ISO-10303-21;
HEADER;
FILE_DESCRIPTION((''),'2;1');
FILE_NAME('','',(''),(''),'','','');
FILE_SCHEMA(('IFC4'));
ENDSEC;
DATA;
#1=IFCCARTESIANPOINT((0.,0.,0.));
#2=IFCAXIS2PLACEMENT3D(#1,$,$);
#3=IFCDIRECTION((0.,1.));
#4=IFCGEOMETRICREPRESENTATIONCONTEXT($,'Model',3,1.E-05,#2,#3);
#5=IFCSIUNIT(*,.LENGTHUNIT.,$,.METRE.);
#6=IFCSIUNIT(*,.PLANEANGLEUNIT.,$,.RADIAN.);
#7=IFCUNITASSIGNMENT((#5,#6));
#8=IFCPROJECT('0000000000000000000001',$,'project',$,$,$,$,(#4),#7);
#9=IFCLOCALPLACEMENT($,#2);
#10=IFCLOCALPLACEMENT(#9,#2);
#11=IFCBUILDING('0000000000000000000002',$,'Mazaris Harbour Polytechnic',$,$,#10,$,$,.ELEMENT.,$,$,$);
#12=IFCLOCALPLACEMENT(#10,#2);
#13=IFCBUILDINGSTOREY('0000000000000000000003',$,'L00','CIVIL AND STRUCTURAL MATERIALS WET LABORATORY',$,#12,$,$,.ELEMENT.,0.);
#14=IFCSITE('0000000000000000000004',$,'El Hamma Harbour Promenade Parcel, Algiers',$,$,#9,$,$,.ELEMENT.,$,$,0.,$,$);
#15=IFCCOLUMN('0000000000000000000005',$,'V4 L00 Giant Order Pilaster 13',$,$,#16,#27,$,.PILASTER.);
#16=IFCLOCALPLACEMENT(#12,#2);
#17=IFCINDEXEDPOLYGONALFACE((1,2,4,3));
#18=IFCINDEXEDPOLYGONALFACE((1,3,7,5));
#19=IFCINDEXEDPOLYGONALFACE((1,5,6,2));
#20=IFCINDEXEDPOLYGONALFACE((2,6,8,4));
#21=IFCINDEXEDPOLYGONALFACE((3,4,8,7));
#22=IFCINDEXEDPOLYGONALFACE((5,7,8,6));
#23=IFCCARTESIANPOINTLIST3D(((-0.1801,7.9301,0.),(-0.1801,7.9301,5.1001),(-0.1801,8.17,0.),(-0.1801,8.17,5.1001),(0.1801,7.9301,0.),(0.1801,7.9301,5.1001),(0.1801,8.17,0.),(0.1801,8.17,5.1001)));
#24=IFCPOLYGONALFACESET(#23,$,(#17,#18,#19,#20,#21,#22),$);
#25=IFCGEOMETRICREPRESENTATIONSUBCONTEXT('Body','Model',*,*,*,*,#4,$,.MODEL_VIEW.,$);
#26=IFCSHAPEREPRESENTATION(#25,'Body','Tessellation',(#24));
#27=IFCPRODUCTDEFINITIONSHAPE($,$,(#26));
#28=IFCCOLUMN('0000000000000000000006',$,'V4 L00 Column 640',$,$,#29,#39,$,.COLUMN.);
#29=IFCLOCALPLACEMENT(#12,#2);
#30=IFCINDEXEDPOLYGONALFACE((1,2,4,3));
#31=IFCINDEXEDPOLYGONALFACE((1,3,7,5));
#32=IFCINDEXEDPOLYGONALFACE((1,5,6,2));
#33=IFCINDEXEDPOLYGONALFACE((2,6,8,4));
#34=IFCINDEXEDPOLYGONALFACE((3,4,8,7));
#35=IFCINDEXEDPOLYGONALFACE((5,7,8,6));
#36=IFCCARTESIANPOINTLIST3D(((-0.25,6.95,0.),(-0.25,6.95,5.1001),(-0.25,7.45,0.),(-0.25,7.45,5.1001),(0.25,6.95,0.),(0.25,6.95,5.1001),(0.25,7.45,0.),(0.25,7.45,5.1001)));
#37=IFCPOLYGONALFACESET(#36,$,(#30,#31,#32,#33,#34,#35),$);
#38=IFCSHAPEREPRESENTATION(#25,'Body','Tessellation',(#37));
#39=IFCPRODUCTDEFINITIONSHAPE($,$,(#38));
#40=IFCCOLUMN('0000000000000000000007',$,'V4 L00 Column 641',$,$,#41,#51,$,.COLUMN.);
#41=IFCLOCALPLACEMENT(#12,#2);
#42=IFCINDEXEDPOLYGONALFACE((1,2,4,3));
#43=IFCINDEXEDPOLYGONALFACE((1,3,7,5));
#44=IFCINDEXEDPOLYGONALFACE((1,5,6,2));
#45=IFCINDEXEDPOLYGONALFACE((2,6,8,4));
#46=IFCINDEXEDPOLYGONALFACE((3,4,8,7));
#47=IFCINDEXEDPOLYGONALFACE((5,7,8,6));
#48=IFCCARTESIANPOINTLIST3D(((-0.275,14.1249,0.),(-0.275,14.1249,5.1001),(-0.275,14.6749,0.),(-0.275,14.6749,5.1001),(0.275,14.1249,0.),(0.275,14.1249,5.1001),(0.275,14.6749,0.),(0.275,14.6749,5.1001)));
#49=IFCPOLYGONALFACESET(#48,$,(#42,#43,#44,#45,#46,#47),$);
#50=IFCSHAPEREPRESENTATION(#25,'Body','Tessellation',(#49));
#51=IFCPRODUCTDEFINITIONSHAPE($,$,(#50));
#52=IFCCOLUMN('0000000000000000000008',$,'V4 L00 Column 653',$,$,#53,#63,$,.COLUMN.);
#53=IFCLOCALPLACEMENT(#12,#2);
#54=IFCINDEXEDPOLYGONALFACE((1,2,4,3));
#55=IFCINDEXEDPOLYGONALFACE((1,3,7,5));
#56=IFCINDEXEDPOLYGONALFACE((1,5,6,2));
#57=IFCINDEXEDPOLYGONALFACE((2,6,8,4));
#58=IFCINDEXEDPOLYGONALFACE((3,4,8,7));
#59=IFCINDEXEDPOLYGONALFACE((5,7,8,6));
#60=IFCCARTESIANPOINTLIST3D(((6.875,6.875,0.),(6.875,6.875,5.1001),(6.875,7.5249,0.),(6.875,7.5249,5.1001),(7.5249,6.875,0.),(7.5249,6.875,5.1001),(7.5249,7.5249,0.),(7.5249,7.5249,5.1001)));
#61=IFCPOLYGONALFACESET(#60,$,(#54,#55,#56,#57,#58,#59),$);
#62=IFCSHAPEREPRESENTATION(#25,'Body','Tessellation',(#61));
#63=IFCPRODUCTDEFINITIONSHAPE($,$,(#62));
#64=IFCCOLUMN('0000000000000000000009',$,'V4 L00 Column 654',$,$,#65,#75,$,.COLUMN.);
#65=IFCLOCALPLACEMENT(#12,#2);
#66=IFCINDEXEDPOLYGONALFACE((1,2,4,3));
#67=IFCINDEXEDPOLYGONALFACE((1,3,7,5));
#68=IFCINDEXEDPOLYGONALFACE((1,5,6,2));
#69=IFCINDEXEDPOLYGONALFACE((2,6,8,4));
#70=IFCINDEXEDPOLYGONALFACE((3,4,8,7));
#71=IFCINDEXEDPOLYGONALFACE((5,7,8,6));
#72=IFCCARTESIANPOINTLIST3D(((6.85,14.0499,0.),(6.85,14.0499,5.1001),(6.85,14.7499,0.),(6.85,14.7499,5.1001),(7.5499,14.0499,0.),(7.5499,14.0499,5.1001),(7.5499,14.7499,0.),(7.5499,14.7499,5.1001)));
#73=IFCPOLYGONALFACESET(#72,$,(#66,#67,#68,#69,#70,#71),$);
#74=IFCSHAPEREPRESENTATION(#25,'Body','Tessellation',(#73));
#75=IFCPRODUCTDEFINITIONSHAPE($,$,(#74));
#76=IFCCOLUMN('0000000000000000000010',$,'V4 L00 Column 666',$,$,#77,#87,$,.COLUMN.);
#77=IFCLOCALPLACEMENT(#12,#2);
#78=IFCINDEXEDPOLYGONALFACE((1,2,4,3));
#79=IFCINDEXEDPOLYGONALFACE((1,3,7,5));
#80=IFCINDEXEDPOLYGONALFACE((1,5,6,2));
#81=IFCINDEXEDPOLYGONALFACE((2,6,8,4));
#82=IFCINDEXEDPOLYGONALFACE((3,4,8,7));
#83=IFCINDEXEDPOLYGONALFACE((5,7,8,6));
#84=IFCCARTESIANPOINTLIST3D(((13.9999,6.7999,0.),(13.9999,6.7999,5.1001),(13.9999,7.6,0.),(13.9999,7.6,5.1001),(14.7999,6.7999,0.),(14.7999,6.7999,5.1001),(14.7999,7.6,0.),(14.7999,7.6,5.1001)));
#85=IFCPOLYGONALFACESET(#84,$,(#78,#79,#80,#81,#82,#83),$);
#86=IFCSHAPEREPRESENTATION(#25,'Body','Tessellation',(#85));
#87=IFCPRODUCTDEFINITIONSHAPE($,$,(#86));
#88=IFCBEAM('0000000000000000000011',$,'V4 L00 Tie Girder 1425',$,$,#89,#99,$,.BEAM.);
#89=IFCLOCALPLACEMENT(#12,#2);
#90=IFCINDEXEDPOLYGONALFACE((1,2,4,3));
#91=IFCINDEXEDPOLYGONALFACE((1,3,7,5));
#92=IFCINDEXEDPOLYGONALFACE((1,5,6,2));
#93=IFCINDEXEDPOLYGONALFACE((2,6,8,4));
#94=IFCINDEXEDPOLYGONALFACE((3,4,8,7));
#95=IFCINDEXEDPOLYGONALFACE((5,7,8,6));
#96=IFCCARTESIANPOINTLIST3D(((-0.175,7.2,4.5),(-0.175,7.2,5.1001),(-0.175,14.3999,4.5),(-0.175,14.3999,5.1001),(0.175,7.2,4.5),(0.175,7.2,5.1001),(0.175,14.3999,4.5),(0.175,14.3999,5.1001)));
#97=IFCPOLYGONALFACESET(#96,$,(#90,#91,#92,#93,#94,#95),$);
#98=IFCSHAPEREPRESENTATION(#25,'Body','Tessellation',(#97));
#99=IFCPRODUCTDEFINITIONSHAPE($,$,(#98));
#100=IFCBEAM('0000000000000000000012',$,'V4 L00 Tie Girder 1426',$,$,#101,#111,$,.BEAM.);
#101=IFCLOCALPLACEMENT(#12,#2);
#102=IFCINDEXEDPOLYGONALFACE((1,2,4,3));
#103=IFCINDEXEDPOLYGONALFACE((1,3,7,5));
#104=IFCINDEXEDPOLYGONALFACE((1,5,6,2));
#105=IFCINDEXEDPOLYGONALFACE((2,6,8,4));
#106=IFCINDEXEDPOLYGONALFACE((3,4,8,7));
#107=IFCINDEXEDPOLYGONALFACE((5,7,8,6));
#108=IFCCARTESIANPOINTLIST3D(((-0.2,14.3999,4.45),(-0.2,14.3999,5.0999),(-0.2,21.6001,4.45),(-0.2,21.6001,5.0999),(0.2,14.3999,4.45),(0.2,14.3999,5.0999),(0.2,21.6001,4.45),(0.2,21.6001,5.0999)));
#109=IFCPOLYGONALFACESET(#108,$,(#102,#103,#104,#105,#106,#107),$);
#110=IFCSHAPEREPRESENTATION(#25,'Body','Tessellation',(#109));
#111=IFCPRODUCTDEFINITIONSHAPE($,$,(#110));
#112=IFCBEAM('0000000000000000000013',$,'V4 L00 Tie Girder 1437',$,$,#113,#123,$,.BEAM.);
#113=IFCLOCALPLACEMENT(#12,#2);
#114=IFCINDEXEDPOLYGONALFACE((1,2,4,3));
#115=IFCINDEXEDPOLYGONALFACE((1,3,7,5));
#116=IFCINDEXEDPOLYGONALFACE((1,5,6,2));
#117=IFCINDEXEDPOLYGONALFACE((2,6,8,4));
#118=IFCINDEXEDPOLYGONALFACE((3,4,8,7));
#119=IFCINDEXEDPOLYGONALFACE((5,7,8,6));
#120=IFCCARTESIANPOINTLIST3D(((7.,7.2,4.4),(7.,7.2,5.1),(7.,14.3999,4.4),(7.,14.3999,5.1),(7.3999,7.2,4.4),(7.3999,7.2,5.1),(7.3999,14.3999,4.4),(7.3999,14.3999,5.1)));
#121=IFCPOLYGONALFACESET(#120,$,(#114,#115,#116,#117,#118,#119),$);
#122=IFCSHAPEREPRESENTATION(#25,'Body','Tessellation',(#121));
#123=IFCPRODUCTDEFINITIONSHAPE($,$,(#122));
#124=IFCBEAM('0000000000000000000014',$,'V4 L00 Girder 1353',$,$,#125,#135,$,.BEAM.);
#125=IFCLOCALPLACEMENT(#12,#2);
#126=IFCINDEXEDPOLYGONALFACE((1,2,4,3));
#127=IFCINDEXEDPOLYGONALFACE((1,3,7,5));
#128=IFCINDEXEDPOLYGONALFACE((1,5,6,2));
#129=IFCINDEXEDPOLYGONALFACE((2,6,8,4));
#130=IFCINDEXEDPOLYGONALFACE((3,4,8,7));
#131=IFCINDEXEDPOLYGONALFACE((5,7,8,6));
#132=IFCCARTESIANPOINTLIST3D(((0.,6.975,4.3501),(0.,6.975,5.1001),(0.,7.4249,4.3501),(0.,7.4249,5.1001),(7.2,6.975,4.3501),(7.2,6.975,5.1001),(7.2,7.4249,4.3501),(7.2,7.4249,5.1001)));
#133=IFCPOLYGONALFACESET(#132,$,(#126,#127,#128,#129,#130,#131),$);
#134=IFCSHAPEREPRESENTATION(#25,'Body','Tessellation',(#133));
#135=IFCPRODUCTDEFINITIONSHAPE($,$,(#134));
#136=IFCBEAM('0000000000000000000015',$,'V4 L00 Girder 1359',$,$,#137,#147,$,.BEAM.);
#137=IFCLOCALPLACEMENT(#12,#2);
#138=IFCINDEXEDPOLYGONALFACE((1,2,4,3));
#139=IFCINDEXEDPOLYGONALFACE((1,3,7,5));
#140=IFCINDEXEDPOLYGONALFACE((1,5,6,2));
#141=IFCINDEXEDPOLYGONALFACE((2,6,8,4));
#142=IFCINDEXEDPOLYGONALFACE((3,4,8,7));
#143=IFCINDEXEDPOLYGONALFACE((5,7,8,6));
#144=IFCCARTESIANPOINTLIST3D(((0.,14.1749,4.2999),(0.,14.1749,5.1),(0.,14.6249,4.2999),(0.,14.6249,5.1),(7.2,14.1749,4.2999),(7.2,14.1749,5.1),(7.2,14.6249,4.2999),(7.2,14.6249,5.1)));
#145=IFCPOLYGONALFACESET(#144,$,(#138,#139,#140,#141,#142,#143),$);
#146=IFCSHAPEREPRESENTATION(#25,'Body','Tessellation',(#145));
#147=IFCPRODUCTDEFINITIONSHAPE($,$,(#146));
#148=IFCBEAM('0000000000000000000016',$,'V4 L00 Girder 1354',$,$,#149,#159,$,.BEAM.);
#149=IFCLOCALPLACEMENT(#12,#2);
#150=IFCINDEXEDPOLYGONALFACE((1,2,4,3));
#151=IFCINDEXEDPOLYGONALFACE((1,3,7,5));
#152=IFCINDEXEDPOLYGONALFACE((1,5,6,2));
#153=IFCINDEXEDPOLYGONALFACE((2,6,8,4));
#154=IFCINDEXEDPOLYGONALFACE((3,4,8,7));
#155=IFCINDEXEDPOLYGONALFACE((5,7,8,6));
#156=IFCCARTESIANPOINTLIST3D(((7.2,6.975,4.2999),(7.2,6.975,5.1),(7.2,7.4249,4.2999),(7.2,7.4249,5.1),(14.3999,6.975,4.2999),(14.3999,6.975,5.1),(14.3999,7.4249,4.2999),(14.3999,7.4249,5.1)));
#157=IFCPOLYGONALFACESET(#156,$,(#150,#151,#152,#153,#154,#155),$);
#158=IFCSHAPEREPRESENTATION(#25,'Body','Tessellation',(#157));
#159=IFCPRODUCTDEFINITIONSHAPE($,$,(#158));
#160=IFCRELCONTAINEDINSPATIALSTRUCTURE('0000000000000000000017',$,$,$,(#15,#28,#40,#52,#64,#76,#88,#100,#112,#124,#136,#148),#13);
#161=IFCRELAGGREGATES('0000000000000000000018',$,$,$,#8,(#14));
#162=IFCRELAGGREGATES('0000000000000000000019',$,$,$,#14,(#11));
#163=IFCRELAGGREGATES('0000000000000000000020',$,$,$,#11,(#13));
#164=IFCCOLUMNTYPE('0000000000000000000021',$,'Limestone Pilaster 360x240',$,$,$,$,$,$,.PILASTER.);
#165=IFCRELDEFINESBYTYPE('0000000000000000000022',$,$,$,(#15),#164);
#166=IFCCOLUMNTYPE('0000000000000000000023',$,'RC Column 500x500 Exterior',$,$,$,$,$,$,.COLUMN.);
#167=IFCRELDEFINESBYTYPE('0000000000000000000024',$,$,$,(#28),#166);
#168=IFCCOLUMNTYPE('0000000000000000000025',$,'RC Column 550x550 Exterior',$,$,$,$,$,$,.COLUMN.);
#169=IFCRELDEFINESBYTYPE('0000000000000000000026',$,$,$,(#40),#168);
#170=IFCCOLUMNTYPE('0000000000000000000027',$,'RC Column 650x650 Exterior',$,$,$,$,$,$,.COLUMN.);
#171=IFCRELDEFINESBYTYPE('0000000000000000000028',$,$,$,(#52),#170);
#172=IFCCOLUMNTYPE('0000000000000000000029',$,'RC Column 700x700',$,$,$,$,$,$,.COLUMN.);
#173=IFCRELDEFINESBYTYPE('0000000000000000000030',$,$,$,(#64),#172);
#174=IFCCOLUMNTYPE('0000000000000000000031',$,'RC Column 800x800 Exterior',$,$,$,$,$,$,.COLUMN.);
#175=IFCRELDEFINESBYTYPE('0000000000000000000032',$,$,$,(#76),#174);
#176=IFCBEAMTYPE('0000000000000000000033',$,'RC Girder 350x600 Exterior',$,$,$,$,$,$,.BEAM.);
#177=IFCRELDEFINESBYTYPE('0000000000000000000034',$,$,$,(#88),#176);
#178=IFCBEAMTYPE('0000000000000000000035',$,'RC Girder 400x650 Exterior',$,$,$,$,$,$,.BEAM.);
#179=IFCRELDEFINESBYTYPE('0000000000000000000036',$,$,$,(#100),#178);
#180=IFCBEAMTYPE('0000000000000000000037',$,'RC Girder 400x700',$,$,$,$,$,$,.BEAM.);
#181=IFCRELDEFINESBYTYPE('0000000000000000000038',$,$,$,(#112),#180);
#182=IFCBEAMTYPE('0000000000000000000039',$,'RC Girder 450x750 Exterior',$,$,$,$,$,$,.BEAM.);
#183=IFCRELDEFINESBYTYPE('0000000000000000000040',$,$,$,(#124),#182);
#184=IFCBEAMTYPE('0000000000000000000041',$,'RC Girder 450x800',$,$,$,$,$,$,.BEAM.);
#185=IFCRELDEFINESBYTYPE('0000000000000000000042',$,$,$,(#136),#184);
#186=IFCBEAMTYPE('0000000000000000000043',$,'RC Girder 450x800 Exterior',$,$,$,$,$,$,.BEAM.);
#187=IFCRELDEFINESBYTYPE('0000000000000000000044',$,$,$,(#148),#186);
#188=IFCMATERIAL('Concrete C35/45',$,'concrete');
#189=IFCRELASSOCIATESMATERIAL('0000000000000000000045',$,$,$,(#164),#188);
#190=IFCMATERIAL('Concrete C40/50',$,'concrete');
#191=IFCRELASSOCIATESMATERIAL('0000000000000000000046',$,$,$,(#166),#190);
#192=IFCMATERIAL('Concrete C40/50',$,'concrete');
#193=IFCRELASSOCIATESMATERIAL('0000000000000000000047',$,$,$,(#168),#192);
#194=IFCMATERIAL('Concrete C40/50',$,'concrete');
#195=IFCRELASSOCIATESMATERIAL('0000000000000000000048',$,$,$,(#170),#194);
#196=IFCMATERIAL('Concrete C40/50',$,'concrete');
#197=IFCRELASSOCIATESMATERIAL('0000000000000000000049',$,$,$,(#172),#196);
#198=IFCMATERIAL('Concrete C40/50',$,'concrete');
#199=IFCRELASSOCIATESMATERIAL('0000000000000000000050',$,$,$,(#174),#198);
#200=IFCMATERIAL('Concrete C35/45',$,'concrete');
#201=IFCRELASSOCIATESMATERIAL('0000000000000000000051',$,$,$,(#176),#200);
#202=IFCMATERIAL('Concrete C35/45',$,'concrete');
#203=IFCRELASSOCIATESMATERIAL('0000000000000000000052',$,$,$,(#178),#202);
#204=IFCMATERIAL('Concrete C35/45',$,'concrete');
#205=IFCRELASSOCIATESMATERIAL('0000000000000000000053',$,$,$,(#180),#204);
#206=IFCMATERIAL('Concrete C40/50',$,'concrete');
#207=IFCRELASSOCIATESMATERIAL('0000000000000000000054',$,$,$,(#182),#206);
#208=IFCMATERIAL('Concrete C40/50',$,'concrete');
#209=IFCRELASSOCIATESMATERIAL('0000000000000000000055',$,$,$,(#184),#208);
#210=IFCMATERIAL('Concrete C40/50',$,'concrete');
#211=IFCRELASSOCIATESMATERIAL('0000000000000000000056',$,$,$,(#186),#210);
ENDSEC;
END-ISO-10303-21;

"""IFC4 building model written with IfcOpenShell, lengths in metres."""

from ifc_helpers import new_model, si_unit, direction, frame, origin, origin_2d, place, context, subcontext, project, spatial, rectangle, extrude, material, material_profile, profile_set, type_object, element, save


model = new_model("IFC4")

# Units and contexts
model_context = context("Model", 3, precision=1e-05, world=origin(), true_north=direction((0.0, 1.0)))
body_context = subcontext(model_context, "Body", "Model", "MODEL_VIEW")
ifc_project = project(units=[si_unit("LENGTHUNIT", "METRE"), si_unit("PLANEANGLEUNIT", "RADIAN")], contexts=[model_context])

# Site, building, storey
site_placement = place(None, origin())
site = spatial("IfcSite", under=ifc_project, at=site_placement, Name="El Hamma Harbour Promenade Parcel, Algiers", CompositionType="ELEMENT", RefElevation=0.0)
building_placement = place(site_placement, origin())
building = spatial("IfcBuilding", under=site, at=building_placement, Name="Mazaris Harbour Polytechnic", CompositionType="ELEMENT")
storey_placement = place(building_placement, origin())
storey = spatial("IfcBuildingStorey", under=building, at=storey_placement, Name="L00", Description="CIVIL AND STRUCTURAL MATERIALS WET LABORATORY", CompositionType="ELEMENT", Elevation=0.0)

# Columns
ifc_material_1 = material(Name="Concrete C35/45", Category="concrete")
ifc_material_profile_1 = material_profile(ifc_material_1, rectangle(XDim=0.3601, YDim=0.24, at=origin_2d()), Name="RECT360x240")
ifc_profile_set_1 = profile_set([ifc_material_profile_1], Name="Concrete C35/45")
column_type_1 = type_object("IfcColumnType", Name="Limestone Pilaster 360x240", PredefinedType="PILASTER", material=ifc_profile_set_1)
column_1_placement = place(storey_placement, frame((0.0, 8.05, 0.0), z_axis=(0.0, 0.0, 1.0), x_axis=(1.0, 0.0, 0.0)))
element("IfcColumn", 1, at=column_1_placement, inside=storey, type_object=column_type_1, Name="V4 L00 Giant Order Pilaster 13", PredefinedType="PILASTER", context=body_context, shape_type="SweptSolid", body=[
    extrude(rectangle(XDim=0.3601, YDim=0.24, at=origin_2d()), origin(), (0.0, 0.0, 1.0), 5.1001),
])
ifc_material_2 = material(Name="Concrete C40/50", Category="concrete")
ifc_material_profile_2 = material_profile(ifc_material_2, rectangle(XDim=0.5, YDim=0.5, at=origin_2d()), Name="RECT500x500")
ifc_profile_set_2 = profile_set([ifc_material_profile_2], Name="Concrete C40/50")
column_type_2 = type_object("IfcColumnType", Name="RC Column 500x500 Exterior", PredefinedType="COLUMN", material=ifc_profile_set_2)
column_2_placement = place(storey_placement, frame((0.0, 7.2, 0.0), z_axis=(0.0, 0.0, 1.0), x_axis=(1.0, 0.0, 0.0)))
element("IfcColumn", 2, at=column_2_placement, inside=storey, type_object=column_type_2, Name="V4 L00 Column 640", PredefinedType="COLUMN", context=body_context, shape_type="SweptSolid", body=[
    extrude(rectangle(XDim=0.5, YDim=0.5, at=origin_2d()), origin(), (0.0, 0.0, 1.0), 5.1001),
])
ifc_material_3 = material(Name="Concrete C40/50", Category="concrete")
ifc_material_profile_3 = material_profile(ifc_material_3, rectangle(XDim=0.55, YDim=0.55, at=origin_2d()), Name="RECT550x550")
ifc_profile_set_3 = profile_set([ifc_material_profile_3], Name="Concrete C40/50")
column_type_3 = type_object("IfcColumnType", Name="RC Column 550x550 Exterior", PredefinedType="COLUMN", material=ifc_profile_set_3)
column_3_placement = place(storey_placement, frame((0.0, 14.3999, 0.0), z_axis=(0.0, 0.0, 1.0), x_axis=(1.0, 0.0, 0.0)))
element("IfcColumn", 3, at=column_3_placement, inside=storey, type_object=column_type_3, Name="V4 L00 Column 641", PredefinedType="COLUMN", context=body_context, shape_type="SweptSolid", body=[
    extrude(rectangle(XDim=0.55, YDim=0.55, at=origin_2d()), origin(), (0.0, 0.0, 1.0), 5.1001),
])
ifc_material_4 = material(Name="Concrete C40/50", Category="concrete")
ifc_material_profile_4 = material_profile(ifc_material_4, rectangle(XDim=0.6499, YDim=0.6499, at=origin_2d()), Name="RECT650x650")
ifc_profile_set_4 = profile_set([ifc_material_profile_4], Name="Concrete C40/50")
column_type_4 = type_object("IfcColumnType", Name="RC Column 650x650 Exterior", PredefinedType="COLUMN", material=ifc_profile_set_4)
column_4_placement = place(storey_placement, frame((7.2, 7.2, 0.0), z_axis=(0.0, 0.0, 1.0), x_axis=(1.0, 0.0, 0.0)))
element("IfcColumn", 4, at=column_4_placement, inside=storey, type_object=column_type_4, Name="V4 L00 Column 653", PredefinedType="COLUMN", context=body_context, shape_type="SweptSolid", body=[
    extrude(rectangle(XDim=0.6499, YDim=0.6499, at=origin_2d()), origin(), (0.0, 0.0, 1.0), 5.1001),
])
ifc_material_5 = material(Name="Concrete C40/50", Category="concrete")
ifc_material_profile_5 = material_profile(ifc_material_5, rectangle(XDim=0.7, YDim=0.7, at=origin_2d()), Name="RECT700x700")
ifc_profile_set_5 = profile_set([ifc_material_profile_5], Name="Concrete C40/50")
column_type_5 = type_object("IfcColumnType", Name="RC Column 700x700", PredefinedType="COLUMN", material=ifc_profile_set_5)
column_5_placement = place(storey_placement, frame((7.2, 14.3999, 0.0), z_axis=(0.0, 0.0, 1.0), x_axis=(1.0, 0.0, 0.0)))
element("IfcColumn", 5, at=column_5_placement, inside=storey, type_object=column_type_5, Name="V4 L00 Column 654", PredefinedType="COLUMN", context=body_context, shape_type="SweptSolid", body=[
    extrude(rectangle(XDim=0.7, YDim=0.7, at=origin_2d()), origin(), (0.0, 0.0, 1.0), 5.1001),
])
ifc_material_6 = material(Name="Concrete C40/50", Category="concrete")
ifc_material_profile_6 = material_profile(ifc_material_6, rectangle(XDim=0.8, YDim=0.8, at=origin_2d()), Name="RECT800x800")
ifc_profile_set_6 = profile_set([ifc_material_profile_6], Name="Concrete C40/50")
column_type_6 = type_object("IfcColumnType", Name="RC Column 800x800 Exterior", PredefinedType="COLUMN", material=ifc_profile_set_6)
column_6_placement = place(storey_placement, frame((14.3999, 7.2, 0.0), z_axis=(0.0, 0.0, 1.0), x_axis=(1.0, 0.0, 0.0)))
element("IfcColumn", 6, at=column_6_placement, inside=storey, type_object=column_type_6, Name="V4 L00 Column 666", PredefinedType="COLUMN", context=body_context, shape_type="SweptSolid", body=[
    extrude(rectangle(XDim=0.8, YDim=0.8, at=origin_2d()), origin(), (0.0, 0.0, 1.0), 5.1001),
])

# Beams
ifc_material_7 = material(Name="Concrete C35/45", Category="concrete")
ifc_material_profile_7 = material_profile(ifc_material_7, rectangle(XDim=0.3501, YDim=0.6001, at=origin_2d()), Name="RECT350x600")
ifc_profile_set_7 = profile_set([ifc_material_profile_7], Name="Concrete C35/45")
beam_type_1 = type_object("IfcBeamType", Name="RC Girder 350x600 Exterior", PredefinedType="BEAM", material=ifc_profile_set_7)
beam_1_placement = place(storey_placement, frame((0.0, 7.2, 4.8), z_axis=(0.0, 1.0, 0.0), x_axis=(-1.0, 0.0, 0.0)))
element("IfcBeam", 7, at=beam_1_placement, inside=storey, type_object=beam_type_1, Name="V4 L00 Tie Girder 1425", PredefinedType="BEAM", context=body_context, shape_type="SweptSolid", body=[
    extrude(rectangle(XDim=0.3501, YDim=0.6001, at=origin_2d()), origin(), (0.0, 0.0, 1.0), 7.2),
])
ifc_material_8 = material(Name="Concrete C35/45", Category="concrete")
ifc_material_profile_8 = material_profile(ifc_material_8, rectangle(XDim=0.3999, YDim=0.6499, at=origin_2d()), Name="RECT400x650")
ifc_profile_set_8 = profile_set([ifc_material_profile_8], Name="Concrete C35/45")
beam_type_2 = type_object("IfcBeamType", Name="RC Girder 400x650 Exterior", PredefinedType="BEAM", material=ifc_profile_set_8)
beam_2_placement = place(storey_placement, frame((0.0, 14.3999, 4.7749), z_axis=(0.0, 1.0, 0.0), x_axis=(-1.0, 0.0, 0.0)))
element("IfcBeam", 8, at=beam_2_placement, inside=storey, type_object=beam_type_2, Name="V4 L00 Tie Girder 1426", PredefinedType="BEAM", context=body_context, shape_type="SweptSolid", body=[
    extrude(rectangle(XDim=0.3999, YDim=0.6499, at=origin_2d()), origin(), (0.0, 0.0, 1.0), 7.2002),
])
ifc_material_9 = material(Name="Concrete C35/45", Category="concrete")
ifc_material_profile_9 = material_profile(ifc_material_9, rectangle(XDim=0.3999, YDim=0.7, at=origin_2d()), Name="RECT400x700")
ifc_profile_set_9 = profile_set([ifc_material_profile_9], Name="Concrete C35/45")
beam_type_3 = type_object("IfcBeamType", Name="RC Girder 400x700", PredefinedType="BEAM", material=ifc_profile_set_9)
beam_3_placement = place(storey_placement, frame((7.2, 7.2, 4.75), z_axis=(0.0, 1.0, 0.0), x_axis=(-1.0, 0.0, 0.0)))
element("IfcBeam", 9, at=beam_3_placement, inside=storey, type_object=beam_type_3, Name="V4 L00 Tie Girder 1437", PredefinedType="BEAM", context=body_context, shape_type="SweptSolid", body=[
    extrude(rectangle(XDim=0.3999, YDim=0.7, at=origin_2d()), origin(), (0.0, 0.0, 1.0), 7.2),
])
ifc_material_10 = material(Name="Concrete C40/50", Category="concrete")
ifc_material_profile_10 = material_profile(ifc_material_10, rectangle(XDim=0.45, YDim=0.75, at=origin_2d()), Name="RECT450x750")
ifc_profile_set_10 = profile_set([ifc_material_profile_10], Name="Concrete C40/50")
beam_type_4 = type_object("IfcBeamType", Name="RC Girder 450x750 Exterior", PredefinedType="BEAM", material=ifc_profile_set_10)
beam_4_placement = place(storey_placement, frame((0.0, 7.2, 4.7251), z_axis=(1.0, 0.0, 0.0), x_axis=(0.0, 1.0, 0.0)))
element("IfcBeam", 10, at=beam_4_placement, inside=storey, type_object=beam_type_4, Name="V4 L00 Girder 1353", PredefinedType="BEAM", context=body_context, shape_type="SweptSolid", body=[
    extrude(rectangle(XDim=0.45, YDim=0.75, at=origin_2d()), origin(), (0.0, 0.0, 1.0), 7.2),
])
ifc_material_11 = material(Name="Concrete C40/50", Category="concrete")
ifc_material_profile_11 = material_profile(ifc_material_11, rectangle(XDim=0.45, YDim=0.8, at=origin_2d()), Name="RECT450x800")
ifc_profile_set_11 = profile_set([ifc_material_profile_11], Name="Concrete C40/50")
beam_type_5 = type_object("IfcBeamType", Name="RC Girder 450x800", PredefinedType="BEAM", material=ifc_profile_set_11)
beam_5_placement = place(storey_placement, frame((0.0, 14.3999, 4.7), z_axis=(1.0, 0.0, 0.0), x_axis=(0.0, 1.0, 0.0)))
element("IfcBeam", 11, at=beam_5_placement, inside=storey, type_object=beam_type_5, Name="V4 L00 Girder 1359", PredefinedType="BEAM", context=body_context, shape_type="SweptSolid", body=[
    extrude(rectangle(XDim=0.45, YDim=0.8, at=origin_2d()), origin(), (0.0, 0.0, 1.0), 7.2),
])
ifc_material_12 = material(Name="Concrete C40/50", Category="concrete")
ifc_material_profile_12 = material_profile(ifc_material_12, rectangle(XDim=0.45, YDim=0.8, at=origin_2d()), Name="RECT450x800")
ifc_profile_set_12 = profile_set([ifc_material_profile_12], Name="Concrete C40/50")
beam_type_6 = type_object("IfcBeamType", Name="RC Girder 450x800 Exterior", PredefinedType="BEAM", material=ifc_profile_set_12)
beam_6_placement = place(storey_placement, frame((7.2, 7.2, 4.7), z_axis=(1.0, 0.0, 0.0), x_axis=(0.0, 1.0, 0.0)))
element("IfcBeam", 12, at=beam_6_placement, inside=storey, type_object=beam_type_6, Name="V4 L00 Girder 1354", PredefinedType="BEAM", context=body_context, shape_type="SweptSolid", body=[
    extrude(rectangle(XDim=0.45, YDim=0.8, at=origin_2d()), origin(), (0.0, 0.0, 1.0), 7.2),
])

save(model, "model.ifc")
